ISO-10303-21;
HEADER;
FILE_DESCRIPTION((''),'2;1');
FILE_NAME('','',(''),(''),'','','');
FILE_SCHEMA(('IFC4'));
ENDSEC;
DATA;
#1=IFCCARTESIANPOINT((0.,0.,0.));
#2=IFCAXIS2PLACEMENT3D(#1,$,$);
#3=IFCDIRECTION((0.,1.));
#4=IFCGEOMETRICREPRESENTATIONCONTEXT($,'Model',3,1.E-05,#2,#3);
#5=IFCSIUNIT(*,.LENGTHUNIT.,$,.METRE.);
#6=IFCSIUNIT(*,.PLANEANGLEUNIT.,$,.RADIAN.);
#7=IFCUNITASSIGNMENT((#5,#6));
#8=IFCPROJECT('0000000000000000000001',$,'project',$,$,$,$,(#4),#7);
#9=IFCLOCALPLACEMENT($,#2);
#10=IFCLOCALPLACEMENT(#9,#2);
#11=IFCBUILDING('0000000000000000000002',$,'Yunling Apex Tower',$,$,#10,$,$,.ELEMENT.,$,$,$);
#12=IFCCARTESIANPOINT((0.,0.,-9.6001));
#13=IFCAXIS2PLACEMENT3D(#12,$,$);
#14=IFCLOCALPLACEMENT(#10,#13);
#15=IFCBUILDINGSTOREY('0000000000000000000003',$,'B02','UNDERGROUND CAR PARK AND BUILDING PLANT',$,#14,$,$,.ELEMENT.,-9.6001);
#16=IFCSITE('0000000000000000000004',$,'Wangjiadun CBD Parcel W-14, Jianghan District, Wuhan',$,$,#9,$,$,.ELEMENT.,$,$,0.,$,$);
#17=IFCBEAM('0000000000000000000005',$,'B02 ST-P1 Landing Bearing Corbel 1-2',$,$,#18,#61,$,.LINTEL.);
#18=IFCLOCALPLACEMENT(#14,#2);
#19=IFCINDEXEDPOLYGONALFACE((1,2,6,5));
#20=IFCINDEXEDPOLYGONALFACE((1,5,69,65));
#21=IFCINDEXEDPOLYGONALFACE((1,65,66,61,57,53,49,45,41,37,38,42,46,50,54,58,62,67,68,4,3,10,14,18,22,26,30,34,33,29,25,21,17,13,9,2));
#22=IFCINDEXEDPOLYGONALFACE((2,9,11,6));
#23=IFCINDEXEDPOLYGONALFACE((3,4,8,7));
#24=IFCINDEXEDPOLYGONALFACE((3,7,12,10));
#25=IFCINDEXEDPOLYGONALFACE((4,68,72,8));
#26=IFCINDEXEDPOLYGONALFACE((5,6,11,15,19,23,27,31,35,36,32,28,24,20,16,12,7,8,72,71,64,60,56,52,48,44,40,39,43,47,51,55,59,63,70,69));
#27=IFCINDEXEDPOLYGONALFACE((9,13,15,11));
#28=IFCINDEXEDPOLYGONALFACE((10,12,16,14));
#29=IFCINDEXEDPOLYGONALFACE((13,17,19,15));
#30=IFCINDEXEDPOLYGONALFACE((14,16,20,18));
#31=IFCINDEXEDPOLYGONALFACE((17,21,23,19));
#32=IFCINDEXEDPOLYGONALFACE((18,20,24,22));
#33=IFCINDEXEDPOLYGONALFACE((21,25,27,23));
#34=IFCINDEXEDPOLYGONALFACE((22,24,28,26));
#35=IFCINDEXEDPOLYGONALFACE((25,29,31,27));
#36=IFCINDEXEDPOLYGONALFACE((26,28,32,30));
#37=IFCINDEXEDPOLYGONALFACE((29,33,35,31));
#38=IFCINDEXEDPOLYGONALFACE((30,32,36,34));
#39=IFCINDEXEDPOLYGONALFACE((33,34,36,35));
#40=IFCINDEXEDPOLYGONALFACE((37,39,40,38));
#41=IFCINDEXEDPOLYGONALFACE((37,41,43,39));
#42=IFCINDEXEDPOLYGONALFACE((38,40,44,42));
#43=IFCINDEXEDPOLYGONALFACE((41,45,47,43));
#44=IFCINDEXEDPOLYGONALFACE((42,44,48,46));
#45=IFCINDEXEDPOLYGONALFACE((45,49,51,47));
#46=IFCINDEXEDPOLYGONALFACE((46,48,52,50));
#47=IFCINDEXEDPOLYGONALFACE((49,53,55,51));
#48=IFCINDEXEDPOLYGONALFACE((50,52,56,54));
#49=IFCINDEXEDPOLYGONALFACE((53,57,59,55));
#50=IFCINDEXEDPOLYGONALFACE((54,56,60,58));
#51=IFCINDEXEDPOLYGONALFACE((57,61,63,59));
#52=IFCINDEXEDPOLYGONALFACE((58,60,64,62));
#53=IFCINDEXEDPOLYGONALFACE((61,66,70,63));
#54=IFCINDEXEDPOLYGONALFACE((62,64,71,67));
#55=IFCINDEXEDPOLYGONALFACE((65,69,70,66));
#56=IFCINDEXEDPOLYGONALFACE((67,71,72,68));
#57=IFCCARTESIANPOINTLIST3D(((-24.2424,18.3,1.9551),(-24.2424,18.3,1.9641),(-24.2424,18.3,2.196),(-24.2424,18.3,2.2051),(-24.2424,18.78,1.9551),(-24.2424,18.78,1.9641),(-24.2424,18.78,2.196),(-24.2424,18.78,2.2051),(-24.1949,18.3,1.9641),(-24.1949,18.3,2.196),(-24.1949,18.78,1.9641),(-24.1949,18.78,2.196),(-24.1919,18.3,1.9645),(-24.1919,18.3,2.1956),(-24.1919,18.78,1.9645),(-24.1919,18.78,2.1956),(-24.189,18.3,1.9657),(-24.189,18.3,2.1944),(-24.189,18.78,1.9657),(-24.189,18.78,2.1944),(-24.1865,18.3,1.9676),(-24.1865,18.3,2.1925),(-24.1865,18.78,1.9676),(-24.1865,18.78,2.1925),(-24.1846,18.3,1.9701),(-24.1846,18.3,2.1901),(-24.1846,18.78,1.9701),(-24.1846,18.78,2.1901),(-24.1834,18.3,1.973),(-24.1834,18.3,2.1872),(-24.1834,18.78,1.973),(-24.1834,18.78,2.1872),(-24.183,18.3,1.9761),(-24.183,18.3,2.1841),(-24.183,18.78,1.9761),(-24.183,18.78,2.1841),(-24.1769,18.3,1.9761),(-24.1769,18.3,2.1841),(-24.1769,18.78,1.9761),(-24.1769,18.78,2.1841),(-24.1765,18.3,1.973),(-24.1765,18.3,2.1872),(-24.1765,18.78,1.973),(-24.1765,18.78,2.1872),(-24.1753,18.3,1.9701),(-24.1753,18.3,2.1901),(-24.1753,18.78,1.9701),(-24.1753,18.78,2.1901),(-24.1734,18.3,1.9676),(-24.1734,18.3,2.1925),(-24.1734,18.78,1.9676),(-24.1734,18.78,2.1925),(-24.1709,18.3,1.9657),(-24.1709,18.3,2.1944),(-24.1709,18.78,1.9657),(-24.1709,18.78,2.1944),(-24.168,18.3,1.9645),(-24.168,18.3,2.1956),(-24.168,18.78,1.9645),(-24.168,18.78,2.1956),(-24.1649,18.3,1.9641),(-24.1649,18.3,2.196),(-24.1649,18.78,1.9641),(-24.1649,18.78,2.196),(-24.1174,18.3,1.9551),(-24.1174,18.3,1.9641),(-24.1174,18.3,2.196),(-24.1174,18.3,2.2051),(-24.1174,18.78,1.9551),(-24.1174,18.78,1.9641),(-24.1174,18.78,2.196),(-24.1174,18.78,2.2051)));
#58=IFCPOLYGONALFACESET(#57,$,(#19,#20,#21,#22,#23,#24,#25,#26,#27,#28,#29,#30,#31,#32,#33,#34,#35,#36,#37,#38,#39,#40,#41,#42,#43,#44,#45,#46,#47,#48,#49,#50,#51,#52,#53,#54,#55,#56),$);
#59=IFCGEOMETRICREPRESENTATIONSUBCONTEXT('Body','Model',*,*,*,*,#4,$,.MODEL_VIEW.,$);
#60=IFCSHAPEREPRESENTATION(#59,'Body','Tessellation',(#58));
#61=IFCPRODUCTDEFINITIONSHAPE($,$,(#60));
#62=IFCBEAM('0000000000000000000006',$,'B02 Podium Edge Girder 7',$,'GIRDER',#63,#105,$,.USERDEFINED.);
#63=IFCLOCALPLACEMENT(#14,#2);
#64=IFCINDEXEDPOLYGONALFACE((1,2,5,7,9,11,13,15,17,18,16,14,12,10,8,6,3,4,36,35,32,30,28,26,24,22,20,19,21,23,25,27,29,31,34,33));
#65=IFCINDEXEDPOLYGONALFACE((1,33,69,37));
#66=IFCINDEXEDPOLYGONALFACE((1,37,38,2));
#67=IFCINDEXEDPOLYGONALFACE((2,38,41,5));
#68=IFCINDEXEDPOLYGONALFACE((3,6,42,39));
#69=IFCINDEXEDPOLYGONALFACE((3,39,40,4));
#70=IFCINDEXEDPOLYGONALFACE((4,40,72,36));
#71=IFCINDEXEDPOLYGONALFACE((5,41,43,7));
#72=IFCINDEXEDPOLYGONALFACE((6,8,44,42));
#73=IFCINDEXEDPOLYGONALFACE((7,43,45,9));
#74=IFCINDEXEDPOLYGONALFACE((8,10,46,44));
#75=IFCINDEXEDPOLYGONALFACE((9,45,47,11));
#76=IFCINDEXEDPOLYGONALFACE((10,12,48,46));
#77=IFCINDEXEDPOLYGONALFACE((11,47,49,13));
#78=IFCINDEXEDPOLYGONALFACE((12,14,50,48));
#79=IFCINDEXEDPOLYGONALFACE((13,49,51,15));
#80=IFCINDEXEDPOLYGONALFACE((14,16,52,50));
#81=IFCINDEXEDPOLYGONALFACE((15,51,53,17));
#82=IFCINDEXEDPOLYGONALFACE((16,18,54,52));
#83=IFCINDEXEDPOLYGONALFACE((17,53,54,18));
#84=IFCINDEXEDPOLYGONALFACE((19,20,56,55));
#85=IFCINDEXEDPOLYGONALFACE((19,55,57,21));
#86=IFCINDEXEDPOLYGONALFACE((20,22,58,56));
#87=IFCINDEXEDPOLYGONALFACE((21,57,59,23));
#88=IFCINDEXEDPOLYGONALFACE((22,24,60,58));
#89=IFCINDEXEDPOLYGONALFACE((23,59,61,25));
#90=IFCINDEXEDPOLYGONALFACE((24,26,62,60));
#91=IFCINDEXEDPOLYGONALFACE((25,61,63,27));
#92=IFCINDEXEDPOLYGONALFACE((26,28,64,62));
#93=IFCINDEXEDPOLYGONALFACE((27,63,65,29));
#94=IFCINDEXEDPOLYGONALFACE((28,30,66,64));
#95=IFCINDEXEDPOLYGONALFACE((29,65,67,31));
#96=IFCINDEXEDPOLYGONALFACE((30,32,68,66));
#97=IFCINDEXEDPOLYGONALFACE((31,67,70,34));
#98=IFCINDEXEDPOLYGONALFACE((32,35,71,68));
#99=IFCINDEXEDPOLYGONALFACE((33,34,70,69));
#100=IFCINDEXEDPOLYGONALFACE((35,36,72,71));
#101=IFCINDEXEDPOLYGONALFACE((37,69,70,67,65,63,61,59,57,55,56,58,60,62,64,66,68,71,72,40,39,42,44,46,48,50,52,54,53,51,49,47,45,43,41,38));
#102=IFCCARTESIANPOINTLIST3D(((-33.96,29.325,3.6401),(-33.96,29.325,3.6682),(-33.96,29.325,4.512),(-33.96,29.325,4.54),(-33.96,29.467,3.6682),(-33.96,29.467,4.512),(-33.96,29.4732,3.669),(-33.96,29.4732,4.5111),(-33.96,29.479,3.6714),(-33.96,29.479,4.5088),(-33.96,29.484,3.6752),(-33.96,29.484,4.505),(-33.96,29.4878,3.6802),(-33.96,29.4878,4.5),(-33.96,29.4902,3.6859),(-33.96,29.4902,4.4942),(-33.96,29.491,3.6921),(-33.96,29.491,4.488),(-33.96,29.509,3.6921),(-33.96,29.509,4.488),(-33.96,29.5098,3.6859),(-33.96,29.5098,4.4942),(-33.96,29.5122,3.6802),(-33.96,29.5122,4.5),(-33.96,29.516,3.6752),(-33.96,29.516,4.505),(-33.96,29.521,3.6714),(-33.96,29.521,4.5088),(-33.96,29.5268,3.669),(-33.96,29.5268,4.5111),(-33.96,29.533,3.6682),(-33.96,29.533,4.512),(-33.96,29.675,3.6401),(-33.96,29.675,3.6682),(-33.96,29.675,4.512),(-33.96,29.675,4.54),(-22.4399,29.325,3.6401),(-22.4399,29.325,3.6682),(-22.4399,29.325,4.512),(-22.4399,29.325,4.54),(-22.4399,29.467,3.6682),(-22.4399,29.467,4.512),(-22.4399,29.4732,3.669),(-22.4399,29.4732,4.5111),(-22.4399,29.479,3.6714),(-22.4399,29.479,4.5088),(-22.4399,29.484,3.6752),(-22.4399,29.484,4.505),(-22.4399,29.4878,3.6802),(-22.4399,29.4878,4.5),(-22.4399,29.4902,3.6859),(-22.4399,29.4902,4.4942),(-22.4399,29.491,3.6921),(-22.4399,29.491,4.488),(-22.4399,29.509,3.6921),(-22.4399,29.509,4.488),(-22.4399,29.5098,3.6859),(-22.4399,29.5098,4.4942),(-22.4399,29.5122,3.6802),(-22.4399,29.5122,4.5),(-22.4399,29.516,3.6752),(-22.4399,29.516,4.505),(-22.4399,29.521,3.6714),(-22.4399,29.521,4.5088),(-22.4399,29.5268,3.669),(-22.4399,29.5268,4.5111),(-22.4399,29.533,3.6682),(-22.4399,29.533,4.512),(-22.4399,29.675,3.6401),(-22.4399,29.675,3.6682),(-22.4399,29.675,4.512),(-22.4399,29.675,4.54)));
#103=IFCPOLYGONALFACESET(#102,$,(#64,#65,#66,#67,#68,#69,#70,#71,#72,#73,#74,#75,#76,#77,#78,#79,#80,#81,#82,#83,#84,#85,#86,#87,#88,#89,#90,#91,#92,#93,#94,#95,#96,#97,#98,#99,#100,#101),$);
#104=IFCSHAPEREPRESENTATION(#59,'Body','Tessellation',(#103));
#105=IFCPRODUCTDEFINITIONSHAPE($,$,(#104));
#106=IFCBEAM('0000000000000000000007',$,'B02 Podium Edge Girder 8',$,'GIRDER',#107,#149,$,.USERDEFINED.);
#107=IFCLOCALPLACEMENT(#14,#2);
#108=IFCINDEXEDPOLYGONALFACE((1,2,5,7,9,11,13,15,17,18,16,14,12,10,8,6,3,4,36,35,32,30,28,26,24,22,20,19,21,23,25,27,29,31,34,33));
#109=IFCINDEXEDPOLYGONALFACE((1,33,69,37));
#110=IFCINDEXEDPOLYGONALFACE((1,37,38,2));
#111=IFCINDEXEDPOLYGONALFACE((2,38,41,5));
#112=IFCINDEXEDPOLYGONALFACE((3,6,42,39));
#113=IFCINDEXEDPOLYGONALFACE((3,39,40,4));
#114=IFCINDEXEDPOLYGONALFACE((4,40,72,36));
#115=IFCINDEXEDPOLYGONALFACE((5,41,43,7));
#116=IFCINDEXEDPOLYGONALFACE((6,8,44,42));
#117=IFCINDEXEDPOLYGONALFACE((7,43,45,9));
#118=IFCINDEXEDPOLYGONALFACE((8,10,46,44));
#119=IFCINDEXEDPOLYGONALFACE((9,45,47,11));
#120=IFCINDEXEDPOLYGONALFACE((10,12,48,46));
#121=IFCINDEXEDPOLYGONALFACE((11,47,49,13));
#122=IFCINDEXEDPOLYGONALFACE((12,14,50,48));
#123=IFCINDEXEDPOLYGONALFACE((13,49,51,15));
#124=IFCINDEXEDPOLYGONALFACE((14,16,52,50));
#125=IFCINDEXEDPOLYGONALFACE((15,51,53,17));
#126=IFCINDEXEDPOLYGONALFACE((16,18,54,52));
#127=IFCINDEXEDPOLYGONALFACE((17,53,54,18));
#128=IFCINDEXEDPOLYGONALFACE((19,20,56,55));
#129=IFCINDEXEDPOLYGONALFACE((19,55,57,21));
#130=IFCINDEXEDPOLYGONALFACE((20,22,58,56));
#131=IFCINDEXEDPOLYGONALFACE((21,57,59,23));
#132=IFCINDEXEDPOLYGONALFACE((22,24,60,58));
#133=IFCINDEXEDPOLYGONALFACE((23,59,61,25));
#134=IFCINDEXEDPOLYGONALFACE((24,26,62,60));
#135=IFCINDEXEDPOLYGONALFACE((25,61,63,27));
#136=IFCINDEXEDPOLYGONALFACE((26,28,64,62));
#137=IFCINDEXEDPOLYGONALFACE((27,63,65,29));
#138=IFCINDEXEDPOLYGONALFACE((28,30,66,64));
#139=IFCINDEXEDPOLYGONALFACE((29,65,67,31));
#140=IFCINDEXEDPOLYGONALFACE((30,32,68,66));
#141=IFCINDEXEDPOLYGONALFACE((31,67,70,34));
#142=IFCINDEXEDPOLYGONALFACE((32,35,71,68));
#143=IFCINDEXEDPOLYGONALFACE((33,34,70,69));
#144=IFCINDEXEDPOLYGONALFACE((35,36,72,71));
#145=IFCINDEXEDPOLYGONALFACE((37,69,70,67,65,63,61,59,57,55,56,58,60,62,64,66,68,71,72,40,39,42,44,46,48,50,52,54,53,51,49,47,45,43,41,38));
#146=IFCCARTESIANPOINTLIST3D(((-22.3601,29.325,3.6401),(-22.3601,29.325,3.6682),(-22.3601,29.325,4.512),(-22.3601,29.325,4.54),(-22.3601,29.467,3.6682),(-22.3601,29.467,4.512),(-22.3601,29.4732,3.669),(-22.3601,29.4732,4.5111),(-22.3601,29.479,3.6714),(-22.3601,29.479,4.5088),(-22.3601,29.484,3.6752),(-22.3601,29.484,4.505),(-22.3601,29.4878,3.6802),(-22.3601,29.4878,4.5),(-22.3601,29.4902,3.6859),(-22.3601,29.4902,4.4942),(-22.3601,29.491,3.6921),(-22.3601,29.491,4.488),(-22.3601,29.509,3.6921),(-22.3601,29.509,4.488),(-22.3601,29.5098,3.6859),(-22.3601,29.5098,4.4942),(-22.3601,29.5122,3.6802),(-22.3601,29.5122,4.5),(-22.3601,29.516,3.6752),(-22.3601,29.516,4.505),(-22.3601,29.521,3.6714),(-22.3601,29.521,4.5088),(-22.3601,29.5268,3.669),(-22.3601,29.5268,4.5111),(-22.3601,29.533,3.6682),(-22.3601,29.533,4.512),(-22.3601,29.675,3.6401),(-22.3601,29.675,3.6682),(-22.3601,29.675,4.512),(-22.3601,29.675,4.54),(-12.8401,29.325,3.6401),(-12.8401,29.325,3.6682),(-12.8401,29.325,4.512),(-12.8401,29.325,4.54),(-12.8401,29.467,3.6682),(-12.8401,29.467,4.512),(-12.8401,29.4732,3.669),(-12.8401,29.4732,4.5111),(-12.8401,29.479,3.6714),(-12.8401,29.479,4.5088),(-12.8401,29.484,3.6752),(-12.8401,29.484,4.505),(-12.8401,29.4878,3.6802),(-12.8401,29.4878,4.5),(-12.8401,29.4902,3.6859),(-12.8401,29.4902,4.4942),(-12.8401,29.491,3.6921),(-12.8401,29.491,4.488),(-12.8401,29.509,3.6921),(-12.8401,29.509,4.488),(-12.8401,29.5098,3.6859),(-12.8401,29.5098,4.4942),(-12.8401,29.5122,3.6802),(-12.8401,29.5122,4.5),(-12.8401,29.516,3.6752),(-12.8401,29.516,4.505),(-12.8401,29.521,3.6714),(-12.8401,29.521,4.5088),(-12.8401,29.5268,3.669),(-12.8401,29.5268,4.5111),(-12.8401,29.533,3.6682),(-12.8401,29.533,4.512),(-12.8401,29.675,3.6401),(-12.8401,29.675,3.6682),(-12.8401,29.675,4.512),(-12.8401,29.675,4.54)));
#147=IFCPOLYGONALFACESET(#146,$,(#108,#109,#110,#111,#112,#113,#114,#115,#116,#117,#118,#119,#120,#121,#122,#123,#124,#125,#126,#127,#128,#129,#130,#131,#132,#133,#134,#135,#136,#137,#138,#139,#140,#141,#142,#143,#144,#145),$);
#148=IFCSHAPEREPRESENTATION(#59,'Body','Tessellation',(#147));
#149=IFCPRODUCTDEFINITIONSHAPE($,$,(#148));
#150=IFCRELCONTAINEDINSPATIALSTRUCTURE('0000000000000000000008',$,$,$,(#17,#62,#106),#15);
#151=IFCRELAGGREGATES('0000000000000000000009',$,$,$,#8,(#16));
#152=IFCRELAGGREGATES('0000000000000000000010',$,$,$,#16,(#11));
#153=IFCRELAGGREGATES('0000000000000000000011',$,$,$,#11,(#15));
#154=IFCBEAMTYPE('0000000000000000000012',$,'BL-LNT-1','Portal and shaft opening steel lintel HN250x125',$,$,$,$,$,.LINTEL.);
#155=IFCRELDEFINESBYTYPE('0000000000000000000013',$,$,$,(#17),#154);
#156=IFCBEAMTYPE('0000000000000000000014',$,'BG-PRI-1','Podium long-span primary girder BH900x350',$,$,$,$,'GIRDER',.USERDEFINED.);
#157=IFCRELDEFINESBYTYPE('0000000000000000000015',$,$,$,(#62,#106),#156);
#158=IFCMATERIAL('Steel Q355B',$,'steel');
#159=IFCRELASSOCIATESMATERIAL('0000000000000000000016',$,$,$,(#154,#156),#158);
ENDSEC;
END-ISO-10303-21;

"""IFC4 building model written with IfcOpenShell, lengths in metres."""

from ifc_helpers import new_model, si_unit, direction, frame, origin, origin_2d, place, context, subcontext, project, spatial, i_section, extrude, source, transform, mapped, material, material_profile, profile_set, type_object, element, save


model = new_model("IFC4")

# Units and contexts
model_context = context("Model", 3, precision=1e-05, world=origin(), true_north=direction((0.0, 1.0)))
body_context = subcontext(model_context, "Body", "Model", "MODEL_VIEW")
ifc_project = project(units=[si_unit("LENGTHUNIT", "METRE"), si_unit("PLANEANGLEUNIT", "RADIAN")], contexts=[model_context])

# Site, building, storey
site_placement = place(None, origin())
site = spatial("IfcSite", under=ifc_project, at=site_placement, Name="Wangjiadun CBD Parcel W-14, Jianghan District, Wuhan", CompositionType="ELEMENT", RefElevation=0.0)
building_placement = place(site_placement, origin())
building = spatial("IfcBuilding", under=site, at=building_placement, Name="Yunling Apex Tower", CompositionType="ELEMENT")
storey_placement = place(building_placement, frame((0.0, 0.0, -9.6001)))
storey = spatial("IfcBuildingStorey", under=building, at=storey_placement, Name="B02", Description="UNDERGROUND CAR PARK AND BUILDING PLANT", CompositionType="ELEMENT", Elevation=-9.6001)

# Beams
ifc_material_1 = material(Name="Steel Q355B", Category="steel")
ifc_material_profile_1 = material_profile(ifc_material_1, i_section(OverallWidth=0.125, OverallDepth=0.25, WebThickness=0.0061, FlangeThickness=0.009, FilletRadius=0.012, at=origin_2d()))
ifc_profile_set_1 = profile_set([ifc_material_profile_1], Name="Steel Q355B")
beam_type_1 = type_object("IfcBeamType", Name="BL-LNT-1", Description="Portal and shaft opening steel lintel HN250x125", PredefinedType="LINTEL", material=ifc_profile_set_1)
shared_shape_1 = source(origin(), body_context, "Body", "SweptSolid", [
    extrude(i_section(OverallWidth=0.125, OverallDepth=0.25, WebThickness=0.0061, FlangeThickness=0.009, FilletRadius=0.012, at=origin_2d()), origin(), (0.0, 0.0, 1.0), 0.48),
])
for number, where, z_axis, x_axis, name in (
    (1, (-24.1799, 18.78, 2.0801), (0.0, -1.0, 0.0), (1.0, 0.0, 0.0), "B02 ST-P1 Landing Bearing Corbel 1-2"),
):
    element("IfcBeam", number, at=place(storey_placement, frame(where, z_axis=z_axis, x_axis=x_axis)), inside=storey, type_object=beam_type_1, Name=name, PredefinedType="LINTEL", context=body_context, shape_type="MappedRepresentation", body=[
        mapped(shared_shape_1, transform((0.0, 0.0, 0.0), scale=1.0)),
    ])
ifc_material_profile_2 = material_profile(ifc_material_1, i_section(OverallWidth=0.3501, OverallDepth=0.8999, WebThickness=0.0181, FlangeThickness=0.0281, FilletRadius=0.0239, at=origin_2d()))
ifc_profile_set_2 = profile_set([ifc_material_profile_2], Name="Steel Q355B")
beam_type_2 = type_object("IfcBeamType", Name="BG-PRI-1", Description="Podium long-span primary girder BH900x350", ElementType="GIRDER", PredefinedType="USERDEFINED", material=ifc_profile_set_2)
shared_shape_2 = source(origin(), body_context, "Body", "SweptSolid", [
    extrude(i_section(OverallWidth=0.3501, OverallDepth=0.8999, WebThickness=0.0181, FlangeThickness=0.0281, FilletRadius=0.0239, at=origin_2d()), origin(), (0.0, 0.0, 1.0), 11.52),
])
beam_1_placement = place(storey_placement, frame((-33.96, 29.5, 4.0901), z_axis=(1.0, 0.0, 0.0), x_axis=(0.0, 1.0, 0.0)))
element("IfcBeam", 2, at=beam_1_placement, inside=storey, type_object=beam_type_2, Name="B02 Podium Edge Girder 7", ObjectType="GIRDER", PredefinedType="USERDEFINED", context=body_context, shape_type="MappedRepresentation", body=[
    mapped(shared_shape_2, transform((0.0, 0.0, 0.0), scale=1.0)),
])
shared_shape_3 = source(origin(), body_context, "Body", "SweptSolid", [
    extrude(i_section(OverallWidth=0.3501, OverallDepth=0.8999, WebThickness=0.0181, FlangeThickness=0.0281, FilletRadius=0.0239, at=origin_2d()), origin(), (0.0, 0.0, 1.0), 9.52),
])
beam_2_placement = place(storey_placement, frame((-22.3601, 29.5, 4.0901), z_axis=(1.0, 0.0, 0.0), x_axis=(0.0, 1.0, 0.0)))
element("IfcBeam", 3, at=beam_2_placement, inside=storey, type_object=beam_type_2, Name="B02 Podium Edge Girder 8", ObjectType="GIRDER", PredefinedType="USERDEFINED", context=body_context, shape_type="MappedRepresentation", body=[
    mapped(shared_shape_3, transform((0.0, 0.0, 0.0), scale=1.0)),
])

save(model, "model.ifc")
